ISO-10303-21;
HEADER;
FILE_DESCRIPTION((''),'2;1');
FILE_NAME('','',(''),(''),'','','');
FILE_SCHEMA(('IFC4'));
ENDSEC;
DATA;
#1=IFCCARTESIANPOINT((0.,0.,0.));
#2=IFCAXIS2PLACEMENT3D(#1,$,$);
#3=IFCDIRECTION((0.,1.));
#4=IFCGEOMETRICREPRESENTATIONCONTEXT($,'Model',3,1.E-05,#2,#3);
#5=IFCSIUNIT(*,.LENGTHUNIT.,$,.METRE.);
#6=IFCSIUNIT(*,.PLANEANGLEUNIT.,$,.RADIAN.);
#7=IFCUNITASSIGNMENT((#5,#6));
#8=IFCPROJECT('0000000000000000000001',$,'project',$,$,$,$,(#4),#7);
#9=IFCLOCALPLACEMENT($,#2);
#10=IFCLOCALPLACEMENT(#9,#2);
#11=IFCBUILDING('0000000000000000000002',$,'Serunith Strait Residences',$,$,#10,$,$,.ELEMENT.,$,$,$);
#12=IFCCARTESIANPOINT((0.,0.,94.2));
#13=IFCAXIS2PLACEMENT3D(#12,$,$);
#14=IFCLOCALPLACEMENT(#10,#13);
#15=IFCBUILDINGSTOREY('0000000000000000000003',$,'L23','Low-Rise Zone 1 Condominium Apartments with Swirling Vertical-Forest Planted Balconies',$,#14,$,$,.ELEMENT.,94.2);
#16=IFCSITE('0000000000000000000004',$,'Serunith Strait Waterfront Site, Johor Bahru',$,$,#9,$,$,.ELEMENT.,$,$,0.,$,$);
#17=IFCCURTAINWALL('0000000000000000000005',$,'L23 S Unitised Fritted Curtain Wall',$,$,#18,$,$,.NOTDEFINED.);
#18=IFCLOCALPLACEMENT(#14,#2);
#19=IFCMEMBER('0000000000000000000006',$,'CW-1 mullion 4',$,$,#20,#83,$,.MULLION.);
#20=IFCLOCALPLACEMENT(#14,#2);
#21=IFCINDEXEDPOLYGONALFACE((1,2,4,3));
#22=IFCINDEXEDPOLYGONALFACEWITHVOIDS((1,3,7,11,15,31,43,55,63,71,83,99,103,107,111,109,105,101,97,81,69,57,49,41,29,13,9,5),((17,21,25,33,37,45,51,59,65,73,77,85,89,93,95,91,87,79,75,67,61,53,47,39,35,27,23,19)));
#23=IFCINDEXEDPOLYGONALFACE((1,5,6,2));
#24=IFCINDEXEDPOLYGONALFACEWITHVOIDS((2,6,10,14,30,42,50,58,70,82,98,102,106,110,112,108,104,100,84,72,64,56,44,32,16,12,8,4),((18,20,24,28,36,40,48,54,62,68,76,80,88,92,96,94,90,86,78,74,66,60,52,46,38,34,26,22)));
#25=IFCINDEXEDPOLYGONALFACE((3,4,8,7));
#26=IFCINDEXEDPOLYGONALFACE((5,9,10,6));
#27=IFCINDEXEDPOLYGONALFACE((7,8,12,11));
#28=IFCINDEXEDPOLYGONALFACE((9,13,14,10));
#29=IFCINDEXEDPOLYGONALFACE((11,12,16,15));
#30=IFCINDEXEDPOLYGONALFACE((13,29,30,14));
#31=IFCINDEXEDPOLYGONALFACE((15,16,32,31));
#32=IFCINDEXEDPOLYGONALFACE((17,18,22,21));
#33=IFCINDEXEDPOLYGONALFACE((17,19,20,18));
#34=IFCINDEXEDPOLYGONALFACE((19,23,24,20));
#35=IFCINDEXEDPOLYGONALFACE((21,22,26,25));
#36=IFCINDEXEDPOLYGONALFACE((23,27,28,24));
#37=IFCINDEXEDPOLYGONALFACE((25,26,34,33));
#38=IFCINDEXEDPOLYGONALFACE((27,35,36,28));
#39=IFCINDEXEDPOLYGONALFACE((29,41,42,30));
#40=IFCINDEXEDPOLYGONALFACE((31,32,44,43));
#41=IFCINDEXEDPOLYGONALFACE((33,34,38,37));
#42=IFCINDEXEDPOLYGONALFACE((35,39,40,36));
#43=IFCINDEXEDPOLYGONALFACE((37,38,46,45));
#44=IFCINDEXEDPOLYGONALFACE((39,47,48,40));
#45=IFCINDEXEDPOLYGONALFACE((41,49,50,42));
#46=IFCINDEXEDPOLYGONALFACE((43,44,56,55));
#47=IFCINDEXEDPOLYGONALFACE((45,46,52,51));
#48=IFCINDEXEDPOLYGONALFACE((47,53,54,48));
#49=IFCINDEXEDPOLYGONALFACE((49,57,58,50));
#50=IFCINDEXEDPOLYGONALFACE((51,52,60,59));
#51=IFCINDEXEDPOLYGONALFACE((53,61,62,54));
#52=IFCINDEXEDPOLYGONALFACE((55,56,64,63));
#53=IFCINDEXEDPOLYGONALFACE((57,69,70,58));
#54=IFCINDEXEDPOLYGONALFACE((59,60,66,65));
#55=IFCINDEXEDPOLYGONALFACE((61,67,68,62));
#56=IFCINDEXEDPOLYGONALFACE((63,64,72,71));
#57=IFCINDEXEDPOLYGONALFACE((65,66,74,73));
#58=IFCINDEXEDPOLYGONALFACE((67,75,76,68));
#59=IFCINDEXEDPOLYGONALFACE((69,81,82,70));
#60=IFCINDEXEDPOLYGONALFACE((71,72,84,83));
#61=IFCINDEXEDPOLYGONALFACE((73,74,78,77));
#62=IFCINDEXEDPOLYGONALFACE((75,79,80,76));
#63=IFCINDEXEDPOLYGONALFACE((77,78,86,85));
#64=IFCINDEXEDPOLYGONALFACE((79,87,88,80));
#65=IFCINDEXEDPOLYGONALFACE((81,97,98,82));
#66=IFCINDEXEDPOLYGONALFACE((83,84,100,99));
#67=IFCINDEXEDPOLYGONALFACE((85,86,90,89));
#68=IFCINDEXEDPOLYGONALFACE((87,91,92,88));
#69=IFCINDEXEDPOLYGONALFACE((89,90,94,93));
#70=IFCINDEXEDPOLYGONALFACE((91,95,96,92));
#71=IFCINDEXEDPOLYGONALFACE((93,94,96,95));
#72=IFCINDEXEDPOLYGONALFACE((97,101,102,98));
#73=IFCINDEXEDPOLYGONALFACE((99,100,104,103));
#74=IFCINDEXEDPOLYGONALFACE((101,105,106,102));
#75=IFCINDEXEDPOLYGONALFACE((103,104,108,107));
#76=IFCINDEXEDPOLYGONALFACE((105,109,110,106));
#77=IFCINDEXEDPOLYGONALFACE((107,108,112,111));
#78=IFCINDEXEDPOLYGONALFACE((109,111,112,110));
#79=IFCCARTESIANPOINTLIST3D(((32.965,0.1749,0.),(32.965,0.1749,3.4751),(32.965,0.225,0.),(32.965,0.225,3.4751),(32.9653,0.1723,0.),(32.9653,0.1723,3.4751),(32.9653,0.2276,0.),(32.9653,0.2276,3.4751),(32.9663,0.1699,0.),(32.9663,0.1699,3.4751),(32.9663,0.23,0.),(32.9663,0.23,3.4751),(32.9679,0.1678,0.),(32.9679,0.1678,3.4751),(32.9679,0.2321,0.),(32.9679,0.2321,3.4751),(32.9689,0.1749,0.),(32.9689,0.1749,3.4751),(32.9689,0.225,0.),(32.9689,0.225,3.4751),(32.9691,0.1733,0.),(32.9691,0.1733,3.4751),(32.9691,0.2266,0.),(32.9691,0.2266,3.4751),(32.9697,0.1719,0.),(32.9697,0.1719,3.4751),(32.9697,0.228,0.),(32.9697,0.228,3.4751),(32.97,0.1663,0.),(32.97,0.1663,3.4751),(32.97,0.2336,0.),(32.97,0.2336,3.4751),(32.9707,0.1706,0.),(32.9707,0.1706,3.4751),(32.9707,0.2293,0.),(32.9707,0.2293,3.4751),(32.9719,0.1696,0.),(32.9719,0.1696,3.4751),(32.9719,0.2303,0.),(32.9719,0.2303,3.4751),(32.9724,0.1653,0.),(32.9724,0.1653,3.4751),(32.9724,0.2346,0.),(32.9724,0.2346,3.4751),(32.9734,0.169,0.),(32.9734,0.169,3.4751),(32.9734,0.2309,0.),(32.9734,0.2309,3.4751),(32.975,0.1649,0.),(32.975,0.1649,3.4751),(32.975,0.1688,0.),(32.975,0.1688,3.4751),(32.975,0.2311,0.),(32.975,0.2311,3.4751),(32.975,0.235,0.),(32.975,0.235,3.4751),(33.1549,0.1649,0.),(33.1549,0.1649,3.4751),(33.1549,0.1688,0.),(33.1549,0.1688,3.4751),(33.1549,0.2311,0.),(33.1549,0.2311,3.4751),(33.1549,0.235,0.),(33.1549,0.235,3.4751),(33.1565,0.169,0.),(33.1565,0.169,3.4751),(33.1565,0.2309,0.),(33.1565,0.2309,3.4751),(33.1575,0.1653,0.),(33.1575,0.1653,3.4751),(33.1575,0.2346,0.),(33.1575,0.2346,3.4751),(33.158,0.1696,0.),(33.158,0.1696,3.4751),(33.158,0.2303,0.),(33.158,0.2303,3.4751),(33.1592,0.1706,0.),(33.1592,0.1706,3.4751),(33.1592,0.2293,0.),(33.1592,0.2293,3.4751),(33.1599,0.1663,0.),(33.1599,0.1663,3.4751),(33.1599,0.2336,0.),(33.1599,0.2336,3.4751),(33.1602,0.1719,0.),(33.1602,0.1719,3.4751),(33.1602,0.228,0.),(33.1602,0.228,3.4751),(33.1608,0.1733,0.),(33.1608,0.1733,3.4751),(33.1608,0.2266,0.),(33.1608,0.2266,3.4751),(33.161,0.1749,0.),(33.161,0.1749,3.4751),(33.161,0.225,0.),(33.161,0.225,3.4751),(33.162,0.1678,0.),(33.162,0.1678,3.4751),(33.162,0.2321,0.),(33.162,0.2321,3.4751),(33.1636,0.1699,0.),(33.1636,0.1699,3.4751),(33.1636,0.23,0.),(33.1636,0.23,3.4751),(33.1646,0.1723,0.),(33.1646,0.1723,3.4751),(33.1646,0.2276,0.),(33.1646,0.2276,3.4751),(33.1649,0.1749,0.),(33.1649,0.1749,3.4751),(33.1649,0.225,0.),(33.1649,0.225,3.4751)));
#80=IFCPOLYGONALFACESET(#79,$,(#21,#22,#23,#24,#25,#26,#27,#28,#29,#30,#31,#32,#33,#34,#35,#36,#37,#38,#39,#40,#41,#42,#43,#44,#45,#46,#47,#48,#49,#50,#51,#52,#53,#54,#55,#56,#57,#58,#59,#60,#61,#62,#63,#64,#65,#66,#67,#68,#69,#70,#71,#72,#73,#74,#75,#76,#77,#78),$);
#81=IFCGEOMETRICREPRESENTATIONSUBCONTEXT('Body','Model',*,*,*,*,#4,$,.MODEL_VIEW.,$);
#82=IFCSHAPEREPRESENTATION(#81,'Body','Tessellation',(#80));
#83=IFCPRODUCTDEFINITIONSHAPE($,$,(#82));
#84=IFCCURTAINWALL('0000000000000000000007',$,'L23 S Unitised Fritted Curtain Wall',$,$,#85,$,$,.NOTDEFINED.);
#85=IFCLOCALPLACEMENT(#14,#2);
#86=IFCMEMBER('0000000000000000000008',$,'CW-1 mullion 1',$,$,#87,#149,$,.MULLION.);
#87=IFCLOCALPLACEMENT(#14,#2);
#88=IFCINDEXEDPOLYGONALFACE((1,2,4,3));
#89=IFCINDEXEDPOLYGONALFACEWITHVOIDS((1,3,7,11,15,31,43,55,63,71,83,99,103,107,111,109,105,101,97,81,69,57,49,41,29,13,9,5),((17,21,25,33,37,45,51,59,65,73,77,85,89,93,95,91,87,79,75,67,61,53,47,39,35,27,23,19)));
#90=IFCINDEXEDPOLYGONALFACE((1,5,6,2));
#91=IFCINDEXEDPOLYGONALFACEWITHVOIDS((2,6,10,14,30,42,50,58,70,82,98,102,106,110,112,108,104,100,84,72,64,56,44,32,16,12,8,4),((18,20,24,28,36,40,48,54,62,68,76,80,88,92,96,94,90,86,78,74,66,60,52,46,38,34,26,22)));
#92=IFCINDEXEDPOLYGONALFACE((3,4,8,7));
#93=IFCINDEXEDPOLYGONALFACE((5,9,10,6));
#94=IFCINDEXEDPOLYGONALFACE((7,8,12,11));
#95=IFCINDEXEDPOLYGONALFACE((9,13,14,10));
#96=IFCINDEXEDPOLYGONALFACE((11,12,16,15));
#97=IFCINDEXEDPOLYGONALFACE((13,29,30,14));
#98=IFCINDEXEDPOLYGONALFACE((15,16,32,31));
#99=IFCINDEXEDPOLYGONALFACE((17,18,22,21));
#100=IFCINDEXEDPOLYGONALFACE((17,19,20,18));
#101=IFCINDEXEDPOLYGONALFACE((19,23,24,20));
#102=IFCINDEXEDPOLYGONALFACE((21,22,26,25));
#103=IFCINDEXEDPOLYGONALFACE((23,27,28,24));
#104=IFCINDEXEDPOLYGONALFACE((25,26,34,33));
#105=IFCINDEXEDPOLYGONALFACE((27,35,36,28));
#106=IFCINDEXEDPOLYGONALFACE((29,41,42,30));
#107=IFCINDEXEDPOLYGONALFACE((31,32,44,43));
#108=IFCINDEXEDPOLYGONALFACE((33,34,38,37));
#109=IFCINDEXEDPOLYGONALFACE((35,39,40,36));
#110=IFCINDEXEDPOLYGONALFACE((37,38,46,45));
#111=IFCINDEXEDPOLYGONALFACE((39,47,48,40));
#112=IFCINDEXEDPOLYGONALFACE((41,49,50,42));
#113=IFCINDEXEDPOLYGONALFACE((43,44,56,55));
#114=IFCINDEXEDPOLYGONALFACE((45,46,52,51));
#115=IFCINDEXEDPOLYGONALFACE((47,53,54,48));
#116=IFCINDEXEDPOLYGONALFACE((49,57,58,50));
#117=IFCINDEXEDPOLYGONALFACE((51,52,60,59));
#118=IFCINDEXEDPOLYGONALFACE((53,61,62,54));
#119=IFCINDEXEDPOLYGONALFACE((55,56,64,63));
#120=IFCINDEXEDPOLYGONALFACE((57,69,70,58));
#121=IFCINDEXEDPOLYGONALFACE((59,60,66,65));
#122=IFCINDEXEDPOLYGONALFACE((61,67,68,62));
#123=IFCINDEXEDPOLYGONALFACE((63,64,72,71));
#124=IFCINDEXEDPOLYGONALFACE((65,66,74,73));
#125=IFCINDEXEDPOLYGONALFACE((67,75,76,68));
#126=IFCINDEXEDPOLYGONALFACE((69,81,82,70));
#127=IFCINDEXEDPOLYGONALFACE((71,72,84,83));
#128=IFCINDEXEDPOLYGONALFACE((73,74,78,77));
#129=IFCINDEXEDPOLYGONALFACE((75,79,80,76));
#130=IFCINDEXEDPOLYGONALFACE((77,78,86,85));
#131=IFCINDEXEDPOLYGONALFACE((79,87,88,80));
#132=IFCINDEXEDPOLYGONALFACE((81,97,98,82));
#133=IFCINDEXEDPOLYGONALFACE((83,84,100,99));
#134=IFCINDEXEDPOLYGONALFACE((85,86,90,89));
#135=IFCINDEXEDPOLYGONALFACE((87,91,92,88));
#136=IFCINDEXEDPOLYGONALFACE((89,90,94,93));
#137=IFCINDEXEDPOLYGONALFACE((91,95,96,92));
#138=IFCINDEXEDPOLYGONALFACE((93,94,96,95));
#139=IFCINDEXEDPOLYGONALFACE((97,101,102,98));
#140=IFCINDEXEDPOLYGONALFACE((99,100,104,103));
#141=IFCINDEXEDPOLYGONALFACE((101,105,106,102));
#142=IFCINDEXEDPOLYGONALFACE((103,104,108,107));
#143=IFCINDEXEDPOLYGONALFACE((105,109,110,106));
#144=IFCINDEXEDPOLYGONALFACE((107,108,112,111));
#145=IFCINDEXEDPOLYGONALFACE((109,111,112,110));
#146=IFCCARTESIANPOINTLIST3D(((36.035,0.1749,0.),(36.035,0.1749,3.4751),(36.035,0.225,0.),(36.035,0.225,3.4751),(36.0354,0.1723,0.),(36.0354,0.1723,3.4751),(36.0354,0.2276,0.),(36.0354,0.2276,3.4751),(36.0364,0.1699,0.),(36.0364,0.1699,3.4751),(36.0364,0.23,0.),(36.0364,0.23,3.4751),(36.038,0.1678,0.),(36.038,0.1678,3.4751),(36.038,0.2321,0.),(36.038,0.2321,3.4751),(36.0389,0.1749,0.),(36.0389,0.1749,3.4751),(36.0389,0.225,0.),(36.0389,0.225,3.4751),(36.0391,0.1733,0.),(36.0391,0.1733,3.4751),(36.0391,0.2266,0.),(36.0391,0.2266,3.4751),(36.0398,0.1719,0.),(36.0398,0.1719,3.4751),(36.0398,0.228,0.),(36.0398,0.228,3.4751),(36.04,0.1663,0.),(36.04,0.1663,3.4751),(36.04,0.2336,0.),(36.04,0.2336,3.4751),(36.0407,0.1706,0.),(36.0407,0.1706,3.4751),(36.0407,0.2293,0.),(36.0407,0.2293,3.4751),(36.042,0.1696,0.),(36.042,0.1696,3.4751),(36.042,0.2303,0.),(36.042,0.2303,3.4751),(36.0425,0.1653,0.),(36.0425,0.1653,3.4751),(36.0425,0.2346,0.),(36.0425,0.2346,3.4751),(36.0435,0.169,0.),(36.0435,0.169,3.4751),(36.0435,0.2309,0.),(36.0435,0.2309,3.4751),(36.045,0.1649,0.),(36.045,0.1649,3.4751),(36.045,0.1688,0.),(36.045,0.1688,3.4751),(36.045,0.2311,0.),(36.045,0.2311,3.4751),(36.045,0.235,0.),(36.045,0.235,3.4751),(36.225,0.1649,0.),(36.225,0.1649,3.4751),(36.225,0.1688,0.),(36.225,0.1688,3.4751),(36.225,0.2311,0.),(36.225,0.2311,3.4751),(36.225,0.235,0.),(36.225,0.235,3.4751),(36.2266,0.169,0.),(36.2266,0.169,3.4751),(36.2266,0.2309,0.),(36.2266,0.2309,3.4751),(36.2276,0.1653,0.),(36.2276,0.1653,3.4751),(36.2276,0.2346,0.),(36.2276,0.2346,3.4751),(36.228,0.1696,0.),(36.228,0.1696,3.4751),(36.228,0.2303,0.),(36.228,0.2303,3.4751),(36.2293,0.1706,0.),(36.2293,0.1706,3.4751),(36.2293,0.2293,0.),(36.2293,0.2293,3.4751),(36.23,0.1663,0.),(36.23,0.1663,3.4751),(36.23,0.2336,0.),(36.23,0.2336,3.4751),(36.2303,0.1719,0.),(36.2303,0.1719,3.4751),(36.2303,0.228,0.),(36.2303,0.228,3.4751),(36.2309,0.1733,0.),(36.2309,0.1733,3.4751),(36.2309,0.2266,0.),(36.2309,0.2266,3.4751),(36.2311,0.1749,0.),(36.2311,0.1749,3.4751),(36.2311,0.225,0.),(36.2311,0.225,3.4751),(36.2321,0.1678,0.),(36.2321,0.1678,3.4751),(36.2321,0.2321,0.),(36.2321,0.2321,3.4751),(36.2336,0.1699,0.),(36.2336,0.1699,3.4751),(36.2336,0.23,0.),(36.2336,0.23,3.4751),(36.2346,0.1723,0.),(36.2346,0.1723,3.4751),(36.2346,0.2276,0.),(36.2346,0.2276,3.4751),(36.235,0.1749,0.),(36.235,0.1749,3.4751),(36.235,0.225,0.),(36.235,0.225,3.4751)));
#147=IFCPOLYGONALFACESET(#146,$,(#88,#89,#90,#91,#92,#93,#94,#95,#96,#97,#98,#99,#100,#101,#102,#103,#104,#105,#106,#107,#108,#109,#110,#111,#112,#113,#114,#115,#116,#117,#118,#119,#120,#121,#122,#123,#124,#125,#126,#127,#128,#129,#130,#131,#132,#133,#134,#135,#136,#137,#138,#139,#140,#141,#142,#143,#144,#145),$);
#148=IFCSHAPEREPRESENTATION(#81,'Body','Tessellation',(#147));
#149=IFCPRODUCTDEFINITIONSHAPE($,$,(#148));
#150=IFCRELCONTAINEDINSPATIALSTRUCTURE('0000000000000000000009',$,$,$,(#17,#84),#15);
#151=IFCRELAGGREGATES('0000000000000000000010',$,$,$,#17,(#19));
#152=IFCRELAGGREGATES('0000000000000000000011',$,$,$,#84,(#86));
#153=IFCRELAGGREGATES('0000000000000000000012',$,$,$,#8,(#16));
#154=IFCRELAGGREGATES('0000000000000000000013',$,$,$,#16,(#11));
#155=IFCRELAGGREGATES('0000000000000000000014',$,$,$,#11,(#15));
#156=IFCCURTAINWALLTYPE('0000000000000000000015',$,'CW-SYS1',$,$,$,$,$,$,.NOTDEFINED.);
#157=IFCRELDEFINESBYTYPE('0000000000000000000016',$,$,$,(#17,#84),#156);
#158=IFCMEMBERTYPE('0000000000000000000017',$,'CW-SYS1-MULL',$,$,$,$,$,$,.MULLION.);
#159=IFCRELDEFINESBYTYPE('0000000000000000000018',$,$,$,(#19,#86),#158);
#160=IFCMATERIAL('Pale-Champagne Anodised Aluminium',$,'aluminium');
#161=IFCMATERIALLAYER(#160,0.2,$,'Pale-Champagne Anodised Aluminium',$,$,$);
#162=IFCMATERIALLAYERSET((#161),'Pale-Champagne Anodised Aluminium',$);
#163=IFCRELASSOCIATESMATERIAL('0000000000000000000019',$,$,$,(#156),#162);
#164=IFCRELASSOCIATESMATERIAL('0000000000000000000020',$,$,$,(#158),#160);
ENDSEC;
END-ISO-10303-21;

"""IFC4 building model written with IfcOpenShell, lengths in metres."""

from ifc_helpers import new_model, si_unit, direction, frame, origin, origin_2d, place, context, subcontext, project, spatial, hollow_rectangle, extrude, source, transform, mapped, material, layer, layer_set, material_profile, profile_set, type_object, element, aggregate, save


model = new_model("IFC4")

# Units and contexts
model_context = context("Model", 3, precision=1e-05, world=origin(), true_north=direction((0.0, 1.0)))
body_context = subcontext(model_context, "Body", "Model", "MODEL_VIEW")
ifc_project = project(units=[si_unit("LENGTHUNIT", "METRE"), si_unit("PLANEANGLEUNIT", "RADIAN")], contexts=[model_context])

# Site, building, storey
site_placement = place(None, origin())
site = spatial("IfcSite", under=ifc_project, at=site_placement, Name="Serunith Strait Waterfront Site, Johor Bahru", CompositionType="ELEMENT", RefElevation=0.0)
building_placement = place(site_placement, origin())
building = spatial("IfcBuilding", under=site, at=building_placement, Name="Serunith Strait Residences", CompositionType="ELEMENT")
storey_placement = place(building_placement, frame((0.0, 0.0, 94.2)))
storey = spatial("IfcBuildingStorey", under=building, at=storey_placement, Name="L23", Description="Low-Rise Zone 1 Condominium Apartments with Swirling Vertical-Forest Planted Balconies", CompositionType="ELEMENT", Elevation=94.2)

# Curtain wall, member
ifc_material_1 = material(Name="Pale-Champagne Anodised Aluminium", Category="aluminium")
ifc_layer_1 = layer(ifc_material_1, 0.2, Name="Pale-Champagne Anodised Aluminium")
ifc_layer_set_1 = layer_set([ifc_layer_1], Name="Pale-Champagne Anodised Aluminium")
curtain_wall_type = type_object("IfcCurtainWallType", Name="CW-SYS1", PredefinedType="NOTDEFINED", material=ifc_layer_set_1)
curtain_wall_1_placement = place(storey_placement, origin())
curtain_wall_1 = element("IfcCurtainWall", 1, at=curtain_wall_1_placement, inside=storey, type_object=curtain_wall_type, Name="L23 S Unitised Fritted Curtain Wall", PredefinedType="NOTDEFINED")
ifc_material_profile_1 = material_profile(ifc_material_1, hollow_rectangle(XDim=0.0701, YDim=0.2, WallThickness=0.0039, InnerFilletRadius=0.0061, OuterFilletRadius=0.01, at=origin_2d()), Name="ALU 200x70x4")
ifc_profile_set_1 = profile_set([ifc_material_profile_1], Name="Pale-Champagne Anodised Aluminium")
member_type_1 = type_object("IfcMemberType", Name="CW-SYS1-MULL", PredefinedType="MULLION", material=ifc_profile_set_1)
shared_shape_1 = source(origin(), body_context, "Body", "SweptSolid", [
    extrude(hollow_rectangle(XDim=0.0701, YDim=0.2, WallThickness=0.0039, InnerFilletRadius=0.0061, OuterFilletRadius=0.01, at=origin_2d()), origin(), (0.0, 0.0, 1.0), 3.4751),
])
member_1_placement = place(storey_placement, frame((33.0649, 0.2, 0.0), z_axis=(0.0, 0.0, 1.0), x_axis=(0.0, 1.0, 0.0)))
member_1 = element("IfcMember", 2, at=member_1_placement, type_object=member_type_1, Name="CW-1 mullion 4", PredefinedType="MULLION", context=body_context, shape_type="MappedRepresentation", body=[
    mapped(shared_shape_1, transform((0.0, 0.0, 0.0), scale=1.0)),
])
aggregate(curtain_wall_1, [member_1])

# Curtain wall, member
curtain_wall_2_placement = place(storey_placement, origin())
curtain_wall_2 = element("IfcCurtainWall", 3, at=curtain_wall_2_placement, inside=storey, type_object=curtain_wall_type, Name="L23 S Unitised Fritted Curtain Wall", PredefinedType="NOTDEFINED")
member_2_placement = place(storey_placement, frame((36.135, 0.2, 0.0), z_axis=(0.0, 0.0, 1.0), x_axis=(0.0, 1.0, 0.0)))
member_2 = element("IfcMember", 4, at=member_2_placement, type_object=member_type_1, Name="CW-1 mullion 1", PredefinedType="MULLION", context=body_context, shape_type="MappedRepresentation", body=[
    mapped(shared_shape_1, transform((0.0, 0.0, 0.0), scale=1.0)),
])
aggregate(curtain_wall_2, [member_2])

save(model, "model.ifc")
